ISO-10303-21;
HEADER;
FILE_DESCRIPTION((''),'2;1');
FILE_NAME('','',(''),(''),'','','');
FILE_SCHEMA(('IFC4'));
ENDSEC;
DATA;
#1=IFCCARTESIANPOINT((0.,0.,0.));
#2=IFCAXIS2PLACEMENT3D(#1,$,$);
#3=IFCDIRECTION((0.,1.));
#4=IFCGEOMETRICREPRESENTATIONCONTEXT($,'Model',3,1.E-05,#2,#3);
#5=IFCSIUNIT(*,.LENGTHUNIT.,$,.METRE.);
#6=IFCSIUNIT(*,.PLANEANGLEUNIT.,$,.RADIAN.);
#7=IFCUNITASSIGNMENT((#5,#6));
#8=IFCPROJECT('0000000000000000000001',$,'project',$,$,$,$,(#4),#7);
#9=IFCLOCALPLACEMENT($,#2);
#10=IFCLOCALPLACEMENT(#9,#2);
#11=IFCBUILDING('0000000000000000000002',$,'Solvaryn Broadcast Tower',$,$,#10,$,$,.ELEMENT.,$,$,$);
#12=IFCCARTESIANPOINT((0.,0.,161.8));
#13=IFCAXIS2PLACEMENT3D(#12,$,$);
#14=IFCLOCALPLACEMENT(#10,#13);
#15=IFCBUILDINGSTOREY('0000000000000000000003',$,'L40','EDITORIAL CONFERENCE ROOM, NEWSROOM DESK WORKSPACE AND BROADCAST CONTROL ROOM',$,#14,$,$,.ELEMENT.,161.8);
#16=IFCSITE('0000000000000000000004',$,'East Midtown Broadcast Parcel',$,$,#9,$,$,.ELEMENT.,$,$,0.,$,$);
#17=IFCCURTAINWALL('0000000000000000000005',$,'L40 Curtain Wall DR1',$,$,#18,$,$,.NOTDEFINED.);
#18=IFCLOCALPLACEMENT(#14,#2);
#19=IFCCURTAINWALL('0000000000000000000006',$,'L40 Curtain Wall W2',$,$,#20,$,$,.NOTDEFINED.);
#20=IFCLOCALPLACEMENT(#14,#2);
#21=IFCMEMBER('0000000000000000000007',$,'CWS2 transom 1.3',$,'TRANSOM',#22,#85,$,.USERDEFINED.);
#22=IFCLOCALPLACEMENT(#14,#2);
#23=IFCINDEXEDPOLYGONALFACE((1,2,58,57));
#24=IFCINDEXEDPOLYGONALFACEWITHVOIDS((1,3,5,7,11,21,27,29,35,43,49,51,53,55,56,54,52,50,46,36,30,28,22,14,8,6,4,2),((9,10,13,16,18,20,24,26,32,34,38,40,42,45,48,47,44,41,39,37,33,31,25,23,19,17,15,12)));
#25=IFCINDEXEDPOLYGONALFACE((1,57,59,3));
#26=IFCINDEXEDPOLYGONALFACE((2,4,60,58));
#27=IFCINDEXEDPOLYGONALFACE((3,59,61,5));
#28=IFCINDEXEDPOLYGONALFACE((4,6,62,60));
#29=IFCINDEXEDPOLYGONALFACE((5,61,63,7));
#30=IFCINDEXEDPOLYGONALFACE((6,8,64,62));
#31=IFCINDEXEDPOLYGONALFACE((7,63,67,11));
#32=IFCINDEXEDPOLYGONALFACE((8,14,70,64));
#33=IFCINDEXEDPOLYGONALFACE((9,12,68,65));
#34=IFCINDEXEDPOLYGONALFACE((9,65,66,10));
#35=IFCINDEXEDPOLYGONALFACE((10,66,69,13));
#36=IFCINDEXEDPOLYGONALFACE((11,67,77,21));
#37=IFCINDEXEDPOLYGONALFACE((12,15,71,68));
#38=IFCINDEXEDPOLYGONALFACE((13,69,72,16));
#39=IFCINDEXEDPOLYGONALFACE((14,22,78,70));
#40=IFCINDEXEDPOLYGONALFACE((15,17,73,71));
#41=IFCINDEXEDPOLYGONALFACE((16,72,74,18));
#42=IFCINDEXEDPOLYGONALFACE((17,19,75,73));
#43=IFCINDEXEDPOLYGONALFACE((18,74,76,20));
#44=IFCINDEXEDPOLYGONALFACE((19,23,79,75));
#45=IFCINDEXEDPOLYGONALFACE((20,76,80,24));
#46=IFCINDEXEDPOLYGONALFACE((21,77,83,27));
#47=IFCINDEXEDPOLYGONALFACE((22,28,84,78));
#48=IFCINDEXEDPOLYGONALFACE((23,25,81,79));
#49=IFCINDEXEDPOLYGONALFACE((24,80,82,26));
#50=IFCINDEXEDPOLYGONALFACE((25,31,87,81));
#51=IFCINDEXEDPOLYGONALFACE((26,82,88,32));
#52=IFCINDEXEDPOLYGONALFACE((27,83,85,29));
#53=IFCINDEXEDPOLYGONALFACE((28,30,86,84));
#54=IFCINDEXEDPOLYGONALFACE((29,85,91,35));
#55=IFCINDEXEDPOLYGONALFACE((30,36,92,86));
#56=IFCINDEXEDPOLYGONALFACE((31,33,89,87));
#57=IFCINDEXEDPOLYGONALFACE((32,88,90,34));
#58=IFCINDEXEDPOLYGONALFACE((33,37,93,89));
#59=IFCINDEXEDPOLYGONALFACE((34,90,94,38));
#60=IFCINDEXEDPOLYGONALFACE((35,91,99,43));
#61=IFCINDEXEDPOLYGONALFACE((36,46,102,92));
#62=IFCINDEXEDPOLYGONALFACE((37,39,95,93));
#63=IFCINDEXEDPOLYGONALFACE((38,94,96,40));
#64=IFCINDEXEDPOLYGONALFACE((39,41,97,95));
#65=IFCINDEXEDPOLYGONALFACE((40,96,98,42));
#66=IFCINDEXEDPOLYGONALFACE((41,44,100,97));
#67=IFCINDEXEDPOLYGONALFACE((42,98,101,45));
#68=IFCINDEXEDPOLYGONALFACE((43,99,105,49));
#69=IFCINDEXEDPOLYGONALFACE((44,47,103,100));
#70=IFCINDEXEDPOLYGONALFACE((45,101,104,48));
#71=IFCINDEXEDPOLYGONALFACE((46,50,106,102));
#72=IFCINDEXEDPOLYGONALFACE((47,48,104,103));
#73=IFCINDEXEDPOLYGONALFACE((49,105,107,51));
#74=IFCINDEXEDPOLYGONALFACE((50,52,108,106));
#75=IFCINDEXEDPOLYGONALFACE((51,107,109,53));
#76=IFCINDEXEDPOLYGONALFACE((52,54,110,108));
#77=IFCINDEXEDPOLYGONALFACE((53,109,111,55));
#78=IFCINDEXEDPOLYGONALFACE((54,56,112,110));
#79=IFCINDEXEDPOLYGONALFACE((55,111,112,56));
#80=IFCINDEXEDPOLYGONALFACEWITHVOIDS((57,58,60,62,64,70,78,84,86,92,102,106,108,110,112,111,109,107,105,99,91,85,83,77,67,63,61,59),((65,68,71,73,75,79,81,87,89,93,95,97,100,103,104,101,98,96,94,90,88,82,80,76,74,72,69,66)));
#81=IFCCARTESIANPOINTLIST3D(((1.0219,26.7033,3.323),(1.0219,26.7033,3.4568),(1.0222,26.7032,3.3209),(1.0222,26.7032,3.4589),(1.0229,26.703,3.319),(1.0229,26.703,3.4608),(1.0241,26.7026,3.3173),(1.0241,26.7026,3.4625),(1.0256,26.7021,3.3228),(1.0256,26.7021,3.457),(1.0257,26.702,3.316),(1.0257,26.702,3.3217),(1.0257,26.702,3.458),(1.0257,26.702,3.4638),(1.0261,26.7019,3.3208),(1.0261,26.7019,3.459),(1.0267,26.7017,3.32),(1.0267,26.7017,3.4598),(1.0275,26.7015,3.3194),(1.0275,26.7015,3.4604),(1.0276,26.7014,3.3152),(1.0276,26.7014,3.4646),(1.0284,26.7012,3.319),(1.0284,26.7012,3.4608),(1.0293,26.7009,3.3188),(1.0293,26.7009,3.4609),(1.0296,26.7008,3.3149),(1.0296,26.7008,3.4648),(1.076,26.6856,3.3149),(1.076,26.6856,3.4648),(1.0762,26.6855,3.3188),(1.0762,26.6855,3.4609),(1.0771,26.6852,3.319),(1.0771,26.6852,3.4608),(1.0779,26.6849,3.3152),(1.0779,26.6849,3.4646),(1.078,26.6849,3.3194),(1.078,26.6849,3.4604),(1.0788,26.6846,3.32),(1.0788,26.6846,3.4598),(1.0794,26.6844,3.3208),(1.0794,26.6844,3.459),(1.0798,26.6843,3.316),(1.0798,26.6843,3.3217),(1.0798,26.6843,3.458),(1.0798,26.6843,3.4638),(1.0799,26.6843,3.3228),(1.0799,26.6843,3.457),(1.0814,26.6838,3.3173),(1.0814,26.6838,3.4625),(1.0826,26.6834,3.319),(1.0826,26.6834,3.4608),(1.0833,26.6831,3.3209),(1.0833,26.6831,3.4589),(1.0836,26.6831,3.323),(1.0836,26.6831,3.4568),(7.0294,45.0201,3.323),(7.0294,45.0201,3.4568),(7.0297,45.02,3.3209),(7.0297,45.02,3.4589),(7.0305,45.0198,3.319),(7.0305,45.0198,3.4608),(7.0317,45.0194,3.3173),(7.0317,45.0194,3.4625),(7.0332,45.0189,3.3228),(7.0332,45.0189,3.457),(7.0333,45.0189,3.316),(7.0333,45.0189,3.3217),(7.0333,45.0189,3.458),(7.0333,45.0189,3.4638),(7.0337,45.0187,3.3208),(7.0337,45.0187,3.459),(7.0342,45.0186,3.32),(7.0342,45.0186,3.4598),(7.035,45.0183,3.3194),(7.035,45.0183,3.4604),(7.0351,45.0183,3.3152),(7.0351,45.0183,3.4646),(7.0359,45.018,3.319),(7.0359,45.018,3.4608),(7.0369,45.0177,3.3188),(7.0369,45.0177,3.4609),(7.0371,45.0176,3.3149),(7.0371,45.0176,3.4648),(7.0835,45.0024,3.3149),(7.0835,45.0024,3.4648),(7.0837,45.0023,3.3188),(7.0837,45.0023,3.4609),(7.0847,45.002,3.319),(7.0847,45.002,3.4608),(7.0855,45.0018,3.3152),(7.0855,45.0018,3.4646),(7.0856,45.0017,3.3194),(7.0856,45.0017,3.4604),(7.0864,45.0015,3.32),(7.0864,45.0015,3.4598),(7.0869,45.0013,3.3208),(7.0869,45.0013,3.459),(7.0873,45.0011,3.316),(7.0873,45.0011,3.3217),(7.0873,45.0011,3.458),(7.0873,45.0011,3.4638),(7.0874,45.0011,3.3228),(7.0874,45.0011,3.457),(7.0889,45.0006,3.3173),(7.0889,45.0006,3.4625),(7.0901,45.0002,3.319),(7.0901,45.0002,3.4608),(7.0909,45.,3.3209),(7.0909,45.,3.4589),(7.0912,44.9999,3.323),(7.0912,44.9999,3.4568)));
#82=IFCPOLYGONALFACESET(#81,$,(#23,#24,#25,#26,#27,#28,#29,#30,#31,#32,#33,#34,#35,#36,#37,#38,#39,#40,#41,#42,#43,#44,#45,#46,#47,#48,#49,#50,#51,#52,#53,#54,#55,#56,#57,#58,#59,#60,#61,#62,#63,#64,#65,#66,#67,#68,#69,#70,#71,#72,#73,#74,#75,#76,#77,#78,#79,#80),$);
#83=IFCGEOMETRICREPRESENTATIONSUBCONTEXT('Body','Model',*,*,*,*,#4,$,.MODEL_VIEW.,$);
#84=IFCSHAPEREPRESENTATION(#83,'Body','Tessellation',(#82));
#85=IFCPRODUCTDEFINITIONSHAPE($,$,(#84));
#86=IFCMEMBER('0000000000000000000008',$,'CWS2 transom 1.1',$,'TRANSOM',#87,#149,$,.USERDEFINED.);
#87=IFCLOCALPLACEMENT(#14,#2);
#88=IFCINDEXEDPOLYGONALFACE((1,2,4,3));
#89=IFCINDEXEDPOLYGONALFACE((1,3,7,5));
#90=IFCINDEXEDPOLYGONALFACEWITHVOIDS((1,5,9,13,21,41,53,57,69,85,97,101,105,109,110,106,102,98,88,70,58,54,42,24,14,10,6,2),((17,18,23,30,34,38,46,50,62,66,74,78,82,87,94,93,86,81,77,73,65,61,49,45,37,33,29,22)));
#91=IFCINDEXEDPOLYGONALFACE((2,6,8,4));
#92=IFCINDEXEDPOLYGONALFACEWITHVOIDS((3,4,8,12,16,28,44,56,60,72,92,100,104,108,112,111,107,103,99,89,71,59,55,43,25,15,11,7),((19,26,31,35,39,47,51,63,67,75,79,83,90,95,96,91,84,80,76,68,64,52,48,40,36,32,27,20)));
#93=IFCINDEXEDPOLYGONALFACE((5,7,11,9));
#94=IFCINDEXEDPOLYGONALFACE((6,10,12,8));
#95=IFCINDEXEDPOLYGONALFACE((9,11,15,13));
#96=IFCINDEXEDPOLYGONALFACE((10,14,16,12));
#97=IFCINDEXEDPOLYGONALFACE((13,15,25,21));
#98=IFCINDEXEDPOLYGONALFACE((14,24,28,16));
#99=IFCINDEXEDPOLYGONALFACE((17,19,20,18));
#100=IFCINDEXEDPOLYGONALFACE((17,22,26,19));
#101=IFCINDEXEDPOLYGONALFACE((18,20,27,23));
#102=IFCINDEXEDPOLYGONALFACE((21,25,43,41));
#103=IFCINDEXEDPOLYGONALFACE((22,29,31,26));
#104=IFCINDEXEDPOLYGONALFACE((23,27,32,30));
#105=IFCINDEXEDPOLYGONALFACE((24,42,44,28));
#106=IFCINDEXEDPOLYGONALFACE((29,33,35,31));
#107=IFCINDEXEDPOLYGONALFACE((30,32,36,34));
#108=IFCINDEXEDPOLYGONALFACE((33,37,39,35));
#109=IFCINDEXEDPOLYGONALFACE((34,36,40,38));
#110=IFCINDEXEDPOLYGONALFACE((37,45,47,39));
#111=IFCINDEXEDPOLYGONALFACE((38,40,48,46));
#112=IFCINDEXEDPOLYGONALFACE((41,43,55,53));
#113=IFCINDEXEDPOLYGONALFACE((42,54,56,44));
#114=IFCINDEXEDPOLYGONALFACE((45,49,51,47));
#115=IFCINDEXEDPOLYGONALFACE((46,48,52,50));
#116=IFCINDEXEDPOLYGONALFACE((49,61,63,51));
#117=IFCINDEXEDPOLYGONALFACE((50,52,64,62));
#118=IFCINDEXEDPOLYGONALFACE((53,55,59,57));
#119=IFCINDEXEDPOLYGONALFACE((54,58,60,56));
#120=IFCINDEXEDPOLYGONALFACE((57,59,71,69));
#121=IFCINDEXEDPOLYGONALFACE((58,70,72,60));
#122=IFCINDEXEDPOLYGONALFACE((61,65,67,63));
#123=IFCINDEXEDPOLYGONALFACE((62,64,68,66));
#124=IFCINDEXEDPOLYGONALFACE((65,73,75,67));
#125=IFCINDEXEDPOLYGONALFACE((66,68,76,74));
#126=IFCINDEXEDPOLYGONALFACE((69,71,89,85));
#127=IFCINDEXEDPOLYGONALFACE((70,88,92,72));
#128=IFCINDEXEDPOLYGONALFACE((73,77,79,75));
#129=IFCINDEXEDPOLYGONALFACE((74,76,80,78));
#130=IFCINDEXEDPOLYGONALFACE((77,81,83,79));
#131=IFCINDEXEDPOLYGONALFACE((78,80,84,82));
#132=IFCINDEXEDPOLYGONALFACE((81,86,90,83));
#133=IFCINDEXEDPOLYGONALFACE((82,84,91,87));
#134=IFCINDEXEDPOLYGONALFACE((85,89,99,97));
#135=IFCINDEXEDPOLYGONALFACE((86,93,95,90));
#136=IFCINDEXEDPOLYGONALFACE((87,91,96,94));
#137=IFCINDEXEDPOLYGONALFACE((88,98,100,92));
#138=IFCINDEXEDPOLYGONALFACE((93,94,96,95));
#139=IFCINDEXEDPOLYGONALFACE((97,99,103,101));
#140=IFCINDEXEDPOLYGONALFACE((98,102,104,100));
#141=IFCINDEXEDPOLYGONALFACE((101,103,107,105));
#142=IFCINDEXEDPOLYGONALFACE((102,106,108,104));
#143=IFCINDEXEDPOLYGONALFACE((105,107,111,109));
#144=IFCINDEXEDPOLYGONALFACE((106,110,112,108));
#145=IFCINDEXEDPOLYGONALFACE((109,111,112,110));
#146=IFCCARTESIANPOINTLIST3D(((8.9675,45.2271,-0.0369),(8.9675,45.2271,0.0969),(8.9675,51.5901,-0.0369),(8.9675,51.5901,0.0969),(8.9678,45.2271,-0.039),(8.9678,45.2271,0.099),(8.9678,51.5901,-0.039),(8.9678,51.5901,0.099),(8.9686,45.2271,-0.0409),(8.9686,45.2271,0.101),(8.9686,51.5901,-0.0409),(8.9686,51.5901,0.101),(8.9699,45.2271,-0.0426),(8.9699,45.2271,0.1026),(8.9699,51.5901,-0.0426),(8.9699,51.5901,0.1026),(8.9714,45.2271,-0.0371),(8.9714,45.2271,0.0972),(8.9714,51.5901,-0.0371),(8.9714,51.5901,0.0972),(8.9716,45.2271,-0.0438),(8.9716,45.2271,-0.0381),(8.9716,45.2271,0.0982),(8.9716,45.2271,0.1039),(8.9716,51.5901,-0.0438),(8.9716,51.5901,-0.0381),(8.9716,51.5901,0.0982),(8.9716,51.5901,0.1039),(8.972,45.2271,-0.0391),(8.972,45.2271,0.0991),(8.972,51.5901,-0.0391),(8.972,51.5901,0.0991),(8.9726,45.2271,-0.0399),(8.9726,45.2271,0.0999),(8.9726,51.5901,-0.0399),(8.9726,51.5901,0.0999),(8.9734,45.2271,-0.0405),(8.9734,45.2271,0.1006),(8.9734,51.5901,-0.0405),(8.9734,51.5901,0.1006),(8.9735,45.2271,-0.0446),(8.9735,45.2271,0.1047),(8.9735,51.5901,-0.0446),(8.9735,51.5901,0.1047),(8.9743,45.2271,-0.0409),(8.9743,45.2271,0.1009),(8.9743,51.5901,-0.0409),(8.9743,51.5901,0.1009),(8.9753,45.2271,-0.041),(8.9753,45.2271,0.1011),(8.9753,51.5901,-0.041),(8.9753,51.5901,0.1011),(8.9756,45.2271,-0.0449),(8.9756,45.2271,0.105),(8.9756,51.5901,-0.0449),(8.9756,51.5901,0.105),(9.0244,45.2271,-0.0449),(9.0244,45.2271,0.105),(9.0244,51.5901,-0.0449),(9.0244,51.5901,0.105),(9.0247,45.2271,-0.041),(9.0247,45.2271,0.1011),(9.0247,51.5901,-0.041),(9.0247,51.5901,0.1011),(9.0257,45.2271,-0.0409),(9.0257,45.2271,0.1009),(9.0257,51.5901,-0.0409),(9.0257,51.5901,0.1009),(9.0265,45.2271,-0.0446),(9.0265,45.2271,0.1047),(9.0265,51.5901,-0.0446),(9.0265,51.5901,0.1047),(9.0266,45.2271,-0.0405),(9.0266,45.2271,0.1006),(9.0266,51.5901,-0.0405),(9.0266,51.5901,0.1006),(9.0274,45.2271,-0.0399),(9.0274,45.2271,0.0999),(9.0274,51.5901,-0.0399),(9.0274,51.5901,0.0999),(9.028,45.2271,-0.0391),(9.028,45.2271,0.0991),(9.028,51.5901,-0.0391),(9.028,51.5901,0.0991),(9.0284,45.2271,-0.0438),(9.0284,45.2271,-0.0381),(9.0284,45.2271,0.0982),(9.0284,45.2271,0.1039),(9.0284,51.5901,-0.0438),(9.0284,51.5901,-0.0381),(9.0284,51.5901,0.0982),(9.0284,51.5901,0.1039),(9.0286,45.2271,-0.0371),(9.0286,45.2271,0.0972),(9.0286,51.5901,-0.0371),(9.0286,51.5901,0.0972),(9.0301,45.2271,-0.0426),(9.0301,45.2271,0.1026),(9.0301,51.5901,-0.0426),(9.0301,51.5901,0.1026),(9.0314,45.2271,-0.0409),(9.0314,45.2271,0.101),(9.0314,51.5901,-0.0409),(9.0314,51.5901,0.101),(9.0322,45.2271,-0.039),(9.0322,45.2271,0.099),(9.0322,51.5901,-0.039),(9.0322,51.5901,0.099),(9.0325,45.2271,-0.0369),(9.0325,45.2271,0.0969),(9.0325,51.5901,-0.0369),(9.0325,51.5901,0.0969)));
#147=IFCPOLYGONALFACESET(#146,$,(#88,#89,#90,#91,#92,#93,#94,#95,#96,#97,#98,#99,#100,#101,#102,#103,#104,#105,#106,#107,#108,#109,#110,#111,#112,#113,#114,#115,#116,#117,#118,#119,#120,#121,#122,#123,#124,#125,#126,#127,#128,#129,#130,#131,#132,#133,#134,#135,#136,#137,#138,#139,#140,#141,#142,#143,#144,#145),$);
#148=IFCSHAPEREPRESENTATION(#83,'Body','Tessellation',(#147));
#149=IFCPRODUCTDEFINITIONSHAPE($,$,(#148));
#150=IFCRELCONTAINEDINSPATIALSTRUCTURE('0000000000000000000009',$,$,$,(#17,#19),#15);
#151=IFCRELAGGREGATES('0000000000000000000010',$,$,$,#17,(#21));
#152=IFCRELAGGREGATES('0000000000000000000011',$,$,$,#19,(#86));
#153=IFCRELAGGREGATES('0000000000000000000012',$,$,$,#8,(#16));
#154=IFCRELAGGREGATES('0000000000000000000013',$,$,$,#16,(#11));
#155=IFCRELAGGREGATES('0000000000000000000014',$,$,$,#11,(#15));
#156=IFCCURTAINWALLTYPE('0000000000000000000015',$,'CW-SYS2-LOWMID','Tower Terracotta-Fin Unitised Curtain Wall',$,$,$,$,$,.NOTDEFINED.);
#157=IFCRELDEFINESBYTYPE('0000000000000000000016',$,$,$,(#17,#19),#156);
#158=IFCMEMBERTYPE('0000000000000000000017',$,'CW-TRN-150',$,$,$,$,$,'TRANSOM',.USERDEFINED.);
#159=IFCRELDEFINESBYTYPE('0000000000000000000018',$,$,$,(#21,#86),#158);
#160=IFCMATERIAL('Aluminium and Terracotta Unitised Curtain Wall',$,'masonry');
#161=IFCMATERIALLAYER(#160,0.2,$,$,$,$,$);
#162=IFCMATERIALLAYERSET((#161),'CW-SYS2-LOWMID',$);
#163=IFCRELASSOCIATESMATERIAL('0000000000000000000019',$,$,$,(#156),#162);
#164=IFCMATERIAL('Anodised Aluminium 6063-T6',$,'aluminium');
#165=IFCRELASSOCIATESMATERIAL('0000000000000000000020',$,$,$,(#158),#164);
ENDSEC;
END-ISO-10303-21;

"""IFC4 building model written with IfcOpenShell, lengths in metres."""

from ifc_helpers import new_model, si_unit, direction, frame, origin, origin_2d, place, context, subcontext, project, spatial, hollow_rectangle, extrude, material, layer, layer_set, material_profile, profile_set, type_object, element, aggregate, save


model = new_model("IFC4")

# Units and contexts
model_context = context("Model", 3, precision=1e-05, world=origin(), true_north=direction((0.0, 1.0)))
body_context = subcontext(model_context, "Body", "Model", "MODEL_VIEW")
ifc_project = project(units=[si_unit("LENGTHUNIT", "METRE"), si_unit("PLANEANGLEUNIT", "RADIAN")], contexts=[model_context])

# Site, building, storey
site_placement = place(None, origin())
site = spatial("IfcSite", under=ifc_project, at=site_placement, Name="East Midtown Broadcast Parcel", CompositionType="ELEMENT", RefElevation=0.0)
building_placement = place(site_placement, origin())
building = spatial("IfcBuilding", under=site, at=building_placement, Name="Solvaryn Broadcast Tower", CompositionType="ELEMENT")
storey_placement = place(building_placement, frame((0.0, 0.0, 161.8)))
storey = spatial("IfcBuildingStorey", under=building, at=storey_placement, Name="L40", Description="EDITORIAL CONFERENCE ROOM, NEWSROOM DESK WORKSPACE AND BROADCAST CONTROL ROOM", CompositionType="ELEMENT", Elevation=161.8)

# Curtain wall
ifc_material_1 = material(Name="Aluminium and Terracotta Unitised Curtain Wall", Category="masonry")
ifc_layer_1 = layer(ifc_material_1, 0.2)
ifc_layer_set_1 = layer_set([ifc_layer_1], Name="CW-SYS2-LOWMID")
curtain_wall_type = type_object("IfcCurtainWallType", Name="CW-SYS2-LOWMID", Description="Tower Terracotta-Fin Unitised Curtain Wall", PredefinedType="NOTDEFINED", material=ifc_layer_set_1)
curtain_wall_1_placement = place(storey_placement, origin())
curtain_wall_1 = element("IfcCurtainWall", 1, at=curtain_wall_1_placement, inside=storey, type_object=curtain_wall_type, Name="L40 Curtain Wall DR1", PredefinedType="NOTDEFINED")

# Curtain wall
curtain_wall_2_placement = place(storey_placement, origin())
curtain_wall_2 = element("IfcCurtainWall", 2, at=curtain_wall_2_placement, inside=storey, type_object=curtain_wall_type, Name="L40 Curtain Wall W2", PredefinedType="NOTDEFINED")

# Members
ifc_material_2 = material(Name="Anodised Aluminium 6063-T6", Category="aluminium")
ifc_material_profile_1 = material_profile(ifc_material_2, hollow_rectangle(XDim=0.0649, YDim=0.1499, WallThickness=0.0039, InnerFilletRadius=0.0039, OuterFilletRadius=0.0081, at=origin_2d()))
ifc_profile_set_1 = profile_set([ifc_material_profile_1], Name="Anodised Aluminium 6063-T6")
member_type_1 = type_object("IfcMemberType", Name="CW-TRN-150", ElementType="TRANSOM", PredefinedType="USERDEFINED", material=ifc_profile_set_1)
member_1_placement = place(storey_placement, frame((7.0603, 45.01, 3.3899), z_axis=(-0.311646, -0.950198, 0.0), x_axis=(0.950198, -0.311646, 0.0)))
member_1 = element("IfcMember", 3, at=member_1_placement, type_object=member_type_1, Name="CWS2 transom 1.3", ObjectType="TRANSOM", PredefinedType="USERDEFINED", context=body_context, shape_type="SweptSolid", body=[
    extrude(hollow_rectangle(XDim=0.0649, YDim=0.1499, WallThickness=0.0039, InnerFilletRadius=0.0039, OuterFilletRadius=0.0081, at=origin_2d()), origin(), (0.0, 0.0, 1.0), 19.2769),
])
aggregate(curtain_wall_1, [member_1])
member_2_placement = place(storey_placement, frame((9.0, 45.2271, 0.03), z_axis=(0.0, 1.0, 0.0), x_axis=(-1.0, 0.0, 0.0)))
member_2 = element("IfcMember", 4, at=member_2_placement, type_object=member_type_1, Name="CWS2 transom 1.1", ObjectType="TRANSOM", PredefinedType="USERDEFINED", context=body_context, shape_type="SweptSolid", body=[
    extrude(hollow_rectangle(XDim=0.0649, YDim=0.1499, WallThickness=0.0039, InnerFilletRadius=0.0039, OuterFilletRadius=0.0081, at=origin_2d()), origin(), (0.0, 0.0, 1.0), 6.363),
])

aggregate(curtain_wall_2, [member_2])

save(model, "model.ifc")
